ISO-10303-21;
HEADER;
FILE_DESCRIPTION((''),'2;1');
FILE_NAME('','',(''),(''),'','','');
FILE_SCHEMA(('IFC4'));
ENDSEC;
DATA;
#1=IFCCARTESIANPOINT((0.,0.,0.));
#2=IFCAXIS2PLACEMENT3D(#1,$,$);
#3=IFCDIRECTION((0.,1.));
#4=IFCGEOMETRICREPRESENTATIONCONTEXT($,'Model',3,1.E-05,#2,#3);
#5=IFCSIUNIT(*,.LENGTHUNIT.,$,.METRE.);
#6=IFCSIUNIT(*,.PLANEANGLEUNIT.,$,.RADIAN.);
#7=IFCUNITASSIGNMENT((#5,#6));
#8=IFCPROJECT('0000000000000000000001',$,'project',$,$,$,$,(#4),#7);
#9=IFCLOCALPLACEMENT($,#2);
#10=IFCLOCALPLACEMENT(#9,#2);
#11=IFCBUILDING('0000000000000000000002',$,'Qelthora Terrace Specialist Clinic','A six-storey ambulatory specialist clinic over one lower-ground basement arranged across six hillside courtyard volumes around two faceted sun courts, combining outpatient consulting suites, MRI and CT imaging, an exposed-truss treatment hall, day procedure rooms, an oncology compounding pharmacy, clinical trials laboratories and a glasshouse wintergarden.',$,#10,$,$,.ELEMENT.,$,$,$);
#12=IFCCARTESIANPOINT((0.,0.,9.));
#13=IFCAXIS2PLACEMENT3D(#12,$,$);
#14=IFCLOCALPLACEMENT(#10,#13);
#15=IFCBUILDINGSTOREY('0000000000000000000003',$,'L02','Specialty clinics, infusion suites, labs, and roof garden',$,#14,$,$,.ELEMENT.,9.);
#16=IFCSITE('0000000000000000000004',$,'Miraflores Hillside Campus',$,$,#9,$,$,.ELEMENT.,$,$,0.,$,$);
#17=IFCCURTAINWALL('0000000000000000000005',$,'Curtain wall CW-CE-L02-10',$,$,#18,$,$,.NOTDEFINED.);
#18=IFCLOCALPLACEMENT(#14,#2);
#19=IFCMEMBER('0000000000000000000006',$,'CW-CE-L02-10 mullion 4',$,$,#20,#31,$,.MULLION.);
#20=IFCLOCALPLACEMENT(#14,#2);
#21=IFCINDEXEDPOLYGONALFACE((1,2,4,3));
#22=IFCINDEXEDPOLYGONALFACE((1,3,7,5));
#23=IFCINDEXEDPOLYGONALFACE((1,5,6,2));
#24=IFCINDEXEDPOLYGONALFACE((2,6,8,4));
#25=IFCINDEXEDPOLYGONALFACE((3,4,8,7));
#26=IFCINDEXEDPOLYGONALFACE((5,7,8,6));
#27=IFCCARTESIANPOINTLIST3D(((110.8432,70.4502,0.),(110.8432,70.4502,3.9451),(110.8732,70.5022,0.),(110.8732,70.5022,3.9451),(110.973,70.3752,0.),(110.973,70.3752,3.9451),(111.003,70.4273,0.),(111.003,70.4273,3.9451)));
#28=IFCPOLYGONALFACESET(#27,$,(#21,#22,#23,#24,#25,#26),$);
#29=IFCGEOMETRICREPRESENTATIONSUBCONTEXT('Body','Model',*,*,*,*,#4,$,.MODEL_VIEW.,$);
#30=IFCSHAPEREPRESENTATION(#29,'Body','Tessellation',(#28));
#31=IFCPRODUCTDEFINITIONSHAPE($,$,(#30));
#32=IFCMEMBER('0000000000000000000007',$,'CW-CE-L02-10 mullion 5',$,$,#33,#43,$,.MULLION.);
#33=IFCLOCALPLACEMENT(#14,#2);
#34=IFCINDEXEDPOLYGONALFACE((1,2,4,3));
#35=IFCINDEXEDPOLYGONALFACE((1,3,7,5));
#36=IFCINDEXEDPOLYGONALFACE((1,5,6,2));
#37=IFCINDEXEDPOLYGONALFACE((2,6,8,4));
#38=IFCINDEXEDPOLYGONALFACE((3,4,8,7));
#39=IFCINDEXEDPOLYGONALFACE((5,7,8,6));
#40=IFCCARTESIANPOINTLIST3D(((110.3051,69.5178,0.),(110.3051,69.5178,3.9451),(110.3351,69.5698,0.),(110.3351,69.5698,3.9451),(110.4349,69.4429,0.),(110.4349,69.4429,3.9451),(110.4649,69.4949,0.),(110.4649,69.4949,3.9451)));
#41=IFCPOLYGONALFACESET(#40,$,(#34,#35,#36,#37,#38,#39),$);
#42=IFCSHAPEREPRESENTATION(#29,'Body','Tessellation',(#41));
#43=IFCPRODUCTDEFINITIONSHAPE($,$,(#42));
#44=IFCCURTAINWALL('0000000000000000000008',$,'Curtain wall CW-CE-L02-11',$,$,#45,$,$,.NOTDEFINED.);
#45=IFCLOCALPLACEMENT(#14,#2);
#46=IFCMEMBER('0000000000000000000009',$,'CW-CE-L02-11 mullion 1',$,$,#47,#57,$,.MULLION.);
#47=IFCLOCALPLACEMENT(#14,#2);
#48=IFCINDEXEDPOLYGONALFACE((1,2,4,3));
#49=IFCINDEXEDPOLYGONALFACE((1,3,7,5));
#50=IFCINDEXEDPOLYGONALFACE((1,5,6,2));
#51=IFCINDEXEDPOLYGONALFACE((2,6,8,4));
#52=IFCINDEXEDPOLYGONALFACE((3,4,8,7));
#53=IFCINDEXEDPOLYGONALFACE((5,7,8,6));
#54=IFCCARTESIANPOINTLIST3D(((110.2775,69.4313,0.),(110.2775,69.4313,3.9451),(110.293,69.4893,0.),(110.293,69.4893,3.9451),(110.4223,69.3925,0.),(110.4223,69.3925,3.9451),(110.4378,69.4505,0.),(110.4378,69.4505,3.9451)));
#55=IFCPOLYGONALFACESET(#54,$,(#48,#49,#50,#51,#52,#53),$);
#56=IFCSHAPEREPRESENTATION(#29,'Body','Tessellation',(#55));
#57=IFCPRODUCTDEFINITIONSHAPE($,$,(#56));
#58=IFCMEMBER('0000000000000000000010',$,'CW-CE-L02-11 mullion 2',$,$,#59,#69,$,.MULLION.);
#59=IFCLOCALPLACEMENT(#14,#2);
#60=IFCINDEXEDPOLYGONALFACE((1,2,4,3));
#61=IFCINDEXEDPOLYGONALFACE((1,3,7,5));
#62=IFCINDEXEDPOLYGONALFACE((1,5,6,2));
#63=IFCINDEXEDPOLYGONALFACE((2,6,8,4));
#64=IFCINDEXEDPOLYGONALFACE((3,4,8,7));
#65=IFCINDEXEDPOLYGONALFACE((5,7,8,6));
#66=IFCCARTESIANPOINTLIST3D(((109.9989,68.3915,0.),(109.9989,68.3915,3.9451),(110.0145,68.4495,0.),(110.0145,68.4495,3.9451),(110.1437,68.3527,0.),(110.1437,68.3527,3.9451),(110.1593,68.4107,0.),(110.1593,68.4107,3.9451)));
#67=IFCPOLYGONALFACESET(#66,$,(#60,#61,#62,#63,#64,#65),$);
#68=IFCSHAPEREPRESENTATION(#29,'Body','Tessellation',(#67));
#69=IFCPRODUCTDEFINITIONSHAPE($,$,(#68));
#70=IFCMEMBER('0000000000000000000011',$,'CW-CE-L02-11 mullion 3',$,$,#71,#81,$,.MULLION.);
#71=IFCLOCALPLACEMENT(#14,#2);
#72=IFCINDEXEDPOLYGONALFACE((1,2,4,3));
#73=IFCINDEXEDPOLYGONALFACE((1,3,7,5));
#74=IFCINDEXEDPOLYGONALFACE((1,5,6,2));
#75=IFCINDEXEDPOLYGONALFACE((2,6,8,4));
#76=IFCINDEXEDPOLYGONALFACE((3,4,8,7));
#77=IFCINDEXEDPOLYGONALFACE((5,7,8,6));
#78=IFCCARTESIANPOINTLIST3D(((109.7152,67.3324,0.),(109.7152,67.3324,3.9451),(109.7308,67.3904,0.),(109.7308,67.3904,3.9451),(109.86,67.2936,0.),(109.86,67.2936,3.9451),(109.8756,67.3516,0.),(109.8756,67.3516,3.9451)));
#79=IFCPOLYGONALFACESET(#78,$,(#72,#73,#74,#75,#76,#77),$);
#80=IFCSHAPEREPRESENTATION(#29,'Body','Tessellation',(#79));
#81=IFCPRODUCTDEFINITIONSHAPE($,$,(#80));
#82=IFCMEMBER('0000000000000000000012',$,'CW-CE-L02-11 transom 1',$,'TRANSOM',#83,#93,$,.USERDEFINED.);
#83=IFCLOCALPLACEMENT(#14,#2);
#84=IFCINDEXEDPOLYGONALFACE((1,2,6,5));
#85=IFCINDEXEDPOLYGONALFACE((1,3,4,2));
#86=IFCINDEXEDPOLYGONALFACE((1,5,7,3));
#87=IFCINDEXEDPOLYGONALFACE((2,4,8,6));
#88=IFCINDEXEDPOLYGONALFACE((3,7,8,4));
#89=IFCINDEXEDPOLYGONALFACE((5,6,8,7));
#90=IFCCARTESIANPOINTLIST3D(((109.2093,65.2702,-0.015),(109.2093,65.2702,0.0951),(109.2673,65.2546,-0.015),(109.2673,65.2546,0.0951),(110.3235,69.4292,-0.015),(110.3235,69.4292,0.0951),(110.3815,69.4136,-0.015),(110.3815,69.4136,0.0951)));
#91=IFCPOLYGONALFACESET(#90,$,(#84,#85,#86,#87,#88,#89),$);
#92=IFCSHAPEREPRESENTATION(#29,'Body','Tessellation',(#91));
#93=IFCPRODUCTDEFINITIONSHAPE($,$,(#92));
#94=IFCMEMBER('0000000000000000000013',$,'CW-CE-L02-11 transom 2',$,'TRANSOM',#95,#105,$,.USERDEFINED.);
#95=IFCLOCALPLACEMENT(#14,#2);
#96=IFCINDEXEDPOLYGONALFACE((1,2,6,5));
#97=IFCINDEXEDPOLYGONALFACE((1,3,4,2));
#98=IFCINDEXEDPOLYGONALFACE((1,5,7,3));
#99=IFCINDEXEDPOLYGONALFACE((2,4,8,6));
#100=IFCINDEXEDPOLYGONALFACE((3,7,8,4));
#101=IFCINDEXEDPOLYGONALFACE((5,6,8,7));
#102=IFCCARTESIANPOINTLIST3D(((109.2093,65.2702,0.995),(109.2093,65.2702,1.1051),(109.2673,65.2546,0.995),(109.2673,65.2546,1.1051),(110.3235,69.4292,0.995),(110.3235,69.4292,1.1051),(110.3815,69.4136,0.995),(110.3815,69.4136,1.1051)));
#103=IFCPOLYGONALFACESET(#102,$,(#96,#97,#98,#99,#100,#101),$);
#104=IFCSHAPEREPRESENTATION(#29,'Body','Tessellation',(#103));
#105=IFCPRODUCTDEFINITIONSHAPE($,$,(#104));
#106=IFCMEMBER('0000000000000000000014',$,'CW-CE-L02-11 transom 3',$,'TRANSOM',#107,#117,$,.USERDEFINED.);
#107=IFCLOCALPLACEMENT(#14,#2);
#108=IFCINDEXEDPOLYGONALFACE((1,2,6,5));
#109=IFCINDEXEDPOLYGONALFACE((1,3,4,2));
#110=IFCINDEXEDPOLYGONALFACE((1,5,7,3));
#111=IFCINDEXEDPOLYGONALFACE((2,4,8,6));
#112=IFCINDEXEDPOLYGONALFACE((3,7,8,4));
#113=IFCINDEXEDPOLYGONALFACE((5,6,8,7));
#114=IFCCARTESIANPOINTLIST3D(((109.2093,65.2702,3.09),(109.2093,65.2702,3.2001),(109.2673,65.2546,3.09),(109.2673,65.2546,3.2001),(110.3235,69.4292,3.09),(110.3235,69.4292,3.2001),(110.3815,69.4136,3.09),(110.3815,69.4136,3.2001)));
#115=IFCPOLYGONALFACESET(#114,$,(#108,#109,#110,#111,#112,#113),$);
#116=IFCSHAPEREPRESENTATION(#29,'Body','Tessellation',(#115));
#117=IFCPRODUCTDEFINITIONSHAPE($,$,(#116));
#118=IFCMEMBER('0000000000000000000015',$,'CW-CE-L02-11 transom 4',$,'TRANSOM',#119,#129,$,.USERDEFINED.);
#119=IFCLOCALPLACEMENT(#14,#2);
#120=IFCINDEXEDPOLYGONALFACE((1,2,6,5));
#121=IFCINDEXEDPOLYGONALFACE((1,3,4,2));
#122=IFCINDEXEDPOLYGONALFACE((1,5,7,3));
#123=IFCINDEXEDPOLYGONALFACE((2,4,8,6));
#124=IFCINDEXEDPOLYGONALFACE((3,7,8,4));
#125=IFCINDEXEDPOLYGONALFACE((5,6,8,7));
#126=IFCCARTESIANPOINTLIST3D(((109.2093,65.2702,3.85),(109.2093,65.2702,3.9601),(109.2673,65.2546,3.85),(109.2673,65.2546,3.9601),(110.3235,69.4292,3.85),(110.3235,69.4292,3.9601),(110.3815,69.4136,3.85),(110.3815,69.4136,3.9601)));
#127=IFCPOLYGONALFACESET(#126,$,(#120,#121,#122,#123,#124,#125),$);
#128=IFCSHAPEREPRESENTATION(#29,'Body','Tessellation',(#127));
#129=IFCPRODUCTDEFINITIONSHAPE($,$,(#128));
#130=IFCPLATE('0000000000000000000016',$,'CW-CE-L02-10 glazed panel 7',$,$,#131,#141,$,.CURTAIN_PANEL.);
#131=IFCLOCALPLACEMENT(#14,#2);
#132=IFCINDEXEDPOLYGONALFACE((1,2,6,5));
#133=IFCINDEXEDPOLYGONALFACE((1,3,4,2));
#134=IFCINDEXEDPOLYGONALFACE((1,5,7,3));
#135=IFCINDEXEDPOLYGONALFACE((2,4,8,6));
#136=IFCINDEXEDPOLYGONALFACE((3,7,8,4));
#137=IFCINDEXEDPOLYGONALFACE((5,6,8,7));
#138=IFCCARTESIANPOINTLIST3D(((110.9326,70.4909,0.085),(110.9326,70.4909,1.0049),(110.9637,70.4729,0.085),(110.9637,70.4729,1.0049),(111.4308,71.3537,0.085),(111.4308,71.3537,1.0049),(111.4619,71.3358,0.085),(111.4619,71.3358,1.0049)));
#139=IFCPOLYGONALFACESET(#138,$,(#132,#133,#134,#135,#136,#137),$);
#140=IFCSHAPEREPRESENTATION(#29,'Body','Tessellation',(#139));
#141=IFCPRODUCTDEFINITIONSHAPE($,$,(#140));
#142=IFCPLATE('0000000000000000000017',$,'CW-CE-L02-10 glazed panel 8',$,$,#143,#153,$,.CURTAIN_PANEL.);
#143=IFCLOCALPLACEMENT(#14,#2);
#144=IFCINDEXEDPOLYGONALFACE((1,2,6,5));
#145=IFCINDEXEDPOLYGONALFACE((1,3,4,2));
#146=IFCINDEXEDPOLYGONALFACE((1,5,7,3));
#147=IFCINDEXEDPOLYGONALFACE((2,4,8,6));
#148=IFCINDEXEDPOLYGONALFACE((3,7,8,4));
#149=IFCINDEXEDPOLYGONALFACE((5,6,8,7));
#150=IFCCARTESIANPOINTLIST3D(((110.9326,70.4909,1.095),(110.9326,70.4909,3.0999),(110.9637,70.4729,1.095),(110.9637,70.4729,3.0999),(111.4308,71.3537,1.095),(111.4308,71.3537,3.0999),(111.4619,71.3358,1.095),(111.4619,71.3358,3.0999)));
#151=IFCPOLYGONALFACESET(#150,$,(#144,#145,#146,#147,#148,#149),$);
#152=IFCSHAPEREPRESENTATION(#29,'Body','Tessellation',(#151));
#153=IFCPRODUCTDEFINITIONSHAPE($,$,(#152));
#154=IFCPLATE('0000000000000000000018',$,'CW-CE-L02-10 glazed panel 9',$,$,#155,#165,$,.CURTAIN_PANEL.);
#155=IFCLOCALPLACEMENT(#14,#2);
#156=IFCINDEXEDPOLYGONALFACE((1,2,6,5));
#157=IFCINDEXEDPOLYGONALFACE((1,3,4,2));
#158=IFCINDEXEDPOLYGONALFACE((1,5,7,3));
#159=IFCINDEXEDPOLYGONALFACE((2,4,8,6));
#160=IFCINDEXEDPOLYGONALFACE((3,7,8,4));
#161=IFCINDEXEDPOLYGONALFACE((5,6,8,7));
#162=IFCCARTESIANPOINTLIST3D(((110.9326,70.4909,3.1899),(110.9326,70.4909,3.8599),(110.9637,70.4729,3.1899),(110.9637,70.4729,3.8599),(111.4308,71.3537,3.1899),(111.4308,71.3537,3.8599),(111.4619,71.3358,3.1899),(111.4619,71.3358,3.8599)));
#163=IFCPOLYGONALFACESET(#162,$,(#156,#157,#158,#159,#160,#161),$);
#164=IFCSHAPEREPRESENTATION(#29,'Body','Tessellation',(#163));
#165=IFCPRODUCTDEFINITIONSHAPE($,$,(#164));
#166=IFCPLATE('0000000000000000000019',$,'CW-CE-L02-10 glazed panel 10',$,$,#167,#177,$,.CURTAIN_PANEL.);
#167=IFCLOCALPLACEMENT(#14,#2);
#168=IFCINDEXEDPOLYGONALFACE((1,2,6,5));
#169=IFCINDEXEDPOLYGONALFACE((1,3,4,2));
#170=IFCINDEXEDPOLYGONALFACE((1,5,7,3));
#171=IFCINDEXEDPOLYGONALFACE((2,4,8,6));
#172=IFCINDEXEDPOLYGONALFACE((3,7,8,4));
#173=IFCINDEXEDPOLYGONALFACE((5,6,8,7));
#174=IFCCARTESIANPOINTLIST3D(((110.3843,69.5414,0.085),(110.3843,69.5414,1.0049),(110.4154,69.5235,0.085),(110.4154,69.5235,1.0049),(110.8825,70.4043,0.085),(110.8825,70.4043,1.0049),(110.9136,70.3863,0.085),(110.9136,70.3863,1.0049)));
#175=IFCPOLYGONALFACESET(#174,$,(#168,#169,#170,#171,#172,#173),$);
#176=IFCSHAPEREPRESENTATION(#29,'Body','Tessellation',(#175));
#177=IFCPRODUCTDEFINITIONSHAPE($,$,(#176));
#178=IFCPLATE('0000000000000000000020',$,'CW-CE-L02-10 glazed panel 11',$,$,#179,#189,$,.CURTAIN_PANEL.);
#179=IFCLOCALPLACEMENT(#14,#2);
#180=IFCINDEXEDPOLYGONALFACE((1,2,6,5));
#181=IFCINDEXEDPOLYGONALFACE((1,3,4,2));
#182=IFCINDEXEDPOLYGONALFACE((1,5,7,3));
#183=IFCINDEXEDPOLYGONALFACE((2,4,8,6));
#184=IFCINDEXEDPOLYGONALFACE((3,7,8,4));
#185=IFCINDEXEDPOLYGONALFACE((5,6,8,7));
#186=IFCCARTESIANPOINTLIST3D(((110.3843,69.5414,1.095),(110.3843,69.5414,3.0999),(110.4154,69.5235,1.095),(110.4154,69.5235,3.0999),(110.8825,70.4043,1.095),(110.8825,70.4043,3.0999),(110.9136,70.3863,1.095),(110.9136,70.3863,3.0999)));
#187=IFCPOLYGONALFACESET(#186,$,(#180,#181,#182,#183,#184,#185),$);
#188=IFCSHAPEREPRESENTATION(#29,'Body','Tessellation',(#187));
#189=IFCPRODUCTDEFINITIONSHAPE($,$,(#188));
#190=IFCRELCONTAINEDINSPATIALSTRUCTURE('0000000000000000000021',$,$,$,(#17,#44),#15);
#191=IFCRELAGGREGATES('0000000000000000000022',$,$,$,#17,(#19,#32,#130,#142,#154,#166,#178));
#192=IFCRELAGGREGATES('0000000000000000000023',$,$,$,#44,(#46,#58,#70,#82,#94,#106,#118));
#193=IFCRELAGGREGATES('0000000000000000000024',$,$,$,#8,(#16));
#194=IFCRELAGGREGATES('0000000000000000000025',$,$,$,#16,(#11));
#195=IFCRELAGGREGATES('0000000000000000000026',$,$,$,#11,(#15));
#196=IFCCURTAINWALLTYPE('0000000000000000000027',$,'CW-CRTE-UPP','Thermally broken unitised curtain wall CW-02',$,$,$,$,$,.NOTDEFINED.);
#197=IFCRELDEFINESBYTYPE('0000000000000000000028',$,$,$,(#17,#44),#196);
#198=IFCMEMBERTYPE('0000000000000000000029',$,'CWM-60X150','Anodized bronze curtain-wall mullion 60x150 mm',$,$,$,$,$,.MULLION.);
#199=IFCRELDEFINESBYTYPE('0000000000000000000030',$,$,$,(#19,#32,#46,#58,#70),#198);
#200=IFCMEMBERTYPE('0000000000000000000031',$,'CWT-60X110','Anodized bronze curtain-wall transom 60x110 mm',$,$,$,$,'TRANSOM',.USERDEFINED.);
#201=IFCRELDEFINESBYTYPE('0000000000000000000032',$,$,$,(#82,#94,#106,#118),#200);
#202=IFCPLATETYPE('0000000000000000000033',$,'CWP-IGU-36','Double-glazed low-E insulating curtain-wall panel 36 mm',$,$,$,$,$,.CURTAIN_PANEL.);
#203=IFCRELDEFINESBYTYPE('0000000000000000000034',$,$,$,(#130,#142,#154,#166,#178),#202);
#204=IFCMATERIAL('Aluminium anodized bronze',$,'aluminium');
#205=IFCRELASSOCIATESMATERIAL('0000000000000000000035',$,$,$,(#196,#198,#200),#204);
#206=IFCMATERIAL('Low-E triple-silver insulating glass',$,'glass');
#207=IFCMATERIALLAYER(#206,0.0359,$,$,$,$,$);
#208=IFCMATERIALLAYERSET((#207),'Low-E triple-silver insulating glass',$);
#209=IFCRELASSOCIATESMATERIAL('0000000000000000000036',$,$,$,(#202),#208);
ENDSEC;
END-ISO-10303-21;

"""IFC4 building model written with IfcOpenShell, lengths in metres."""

from ifc_helpers import new_model, si_unit, direction, frame, origin, origin_2d, place, context, subcontext, project, spatial, rectangle, extrude, material, layer, layer_set, material_profile, profile_set, type_object, element, aggregate, save


model = new_model("IFC4")

# Units and contexts
model_context = context("Model", 3, precision=1e-05, world=origin(), true_north=direction((0.0, 1.0)))
body_context = subcontext(model_context, "Body", "Model", "MODEL_VIEW")
ifc_project = project(units=[si_unit("LENGTHUNIT", "METRE"), si_unit("PLANEANGLEUNIT", "RADIAN")], contexts=[model_context])

# Site, building, storey
site_placement = place(None, origin())
site = spatial("IfcSite", under=ifc_project, at=site_placement, Name="Miraflores Hillside Campus", CompositionType="ELEMENT", RefElevation=0.0)
building_placement = place(site_placement, origin())
building = spatial("IfcBuilding", under=site, at=building_placement, Name="Qelthora Terrace Specialist Clinic", Description="A six-storey ambulatory specialist clinic over one lower-ground basement arranged across six hillside courtyard volumes around two faceted sun courts, combining outpatient consulting suites, MRI and CT imaging, an exposed-truss treatment hall, day procedure rooms, an oncology compounding pharmacy, clinical trials laboratories and a glasshouse wintergarden.", CompositionType="ELEMENT")
storey_placement = place(building_placement, frame((0.0, 0.0, 9.0)))
storey = spatial("IfcBuildingStorey", under=building, at=storey_placement, Name="L02", Description="Specialty clinics, infusion suites, labs, and roof garden", CompositionType="ELEMENT", Elevation=9.0)

# Curtain walls, members
ifc_material_1 = material(Name="Aluminium anodized bronze", Category="aluminium")
curtain_wall_type = type_object("IfcCurtainWallType", Name="CW-CRTE-UPP", Description="Thermally broken unitised curtain wall CW-02", PredefinedType="NOTDEFINED", material=ifc_material_1)
curtain_wall_1_placement = place(storey_placement, origin())
curtain_wall_1 = element("IfcCurtainWall", 1, at=curtain_wall_1_placement, inside=storey, type_object=curtain_wall_type, Name="Curtain wall CW-CE-L02-10", PredefinedType="NOTDEFINED")
ifc_material_profile_1 = material_profile(ifc_material_1, rectangle(XDim=0.0601, YDim=0.1499, at=origin_2d()), Name="CWM60X150")
ifc_profile_set_1 = profile_set([ifc_material_profile_1], Name="Aluminium anodized bronze")
member_type_1 = type_object("IfcMemberType", Name="CWM-60X150", Description="Anodized bronze curtain-wall mullion 60x150 mm", PredefinedType="MULLION", material=ifc_profile_set_1)
member_1_placement = place(storey_placement, frame((110.9231, 70.4387, 0.0), z_axis=(0.0, 0.0, 1.0), x_axis=(-0.5, -0.866025, 0.0)))
member_1 = element("IfcMember", 2, at=member_1_placement, type_object=member_type_1, Name="CW-CE-L02-10 mullion 4", PredefinedType="MULLION", context=body_context, shape_type="SweptSolid", body=[
    extrude(rectangle(XDim=0.0601, YDim=0.1499, at=origin_2d()), origin(), (0.0, 0.0, 1.0), 3.9451),
])
member_2_placement = place(storey_placement, frame((110.385, 69.5063, 0.0), z_axis=(0.0, 0.0, 1.0), x_axis=(-0.5, -0.866025, 0.0)))
member_2 = element("IfcMember", 3, at=member_2_placement, type_object=member_type_1, Name="CW-CE-L02-10 mullion 5", PredefinedType="MULLION", context=body_context, shape_type="SweptSolid", body=[
    extrude(rectangle(XDim=0.0601, YDim=0.1499, at=origin_2d()), origin(), (0.0, 0.0, 1.0), 3.9451),
])
curtain_wall_2_placement = place(storey_placement, origin())
curtain_wall_2 = element("IfcCurtainWall", 4, at=curtain_wall_2_placement, inside=storey, type_object=curtain_wall_type, Name="Curtain wall CW-CE-L02-11", PredefinedType="NOTDEFINED")
member_3_placement = place(storey_placement, frame((110.3577, 69.4409, 0.0), z_axis=(0.0, 0.0, 1.0), x_axis=(-0.25882, -0.965926, 0.0)))
member_3 = element("IfcMember", 5, at=member_3_placement, type_object=member_type_1, Name="CW-CE-L02-11 mullion 1", PredefinedType="MULLION", context=body_context, shape_type="SweptSolid", body=[
    extrude(rectangle(XDim=0.0601, YDim=0.1499, at=origin_2d()), origin(), (0.0, 0.0, 1.0), 3.9451),
])
member_4_placement = place(storey_placement, frame((110.0791, 68.4011, 0.0), z_axis=(0.0, 0.0, 1.0), x_axis=(-0.25882, -0.965926, 0.0)))
member_4 = element("IfcMember", 6, at=member_4_placement, type_object=member_type_1, Name="CW-CE-L02-11 mullion 2", PredefinedType="MULLION", context=body_context, shape_type="SweptSolid", body=[
    extrude(rectangle(XDim=0.0601, YDim=0.1499, at=origin_2d()), origin(), (0.0, 0.0, 1.0), 3.9451),
])
member_5_placement = place(storey_placement, frame((109.7954, 67.342, 0.0), z_axis=(0.0, 0.0, 1.0), x_axis=(-0.25882, -0.965926, 0.0)))
member_5 = element("IfcMember", 7, at=member_5_placement, type_object=member_type_1, Name="CW-CE-L02-11 mullion 3", PredefinedType="MULLION", context=body_context, shape_type="SweptSolid", body=[
    extrude(rectangle(XDim=0.0601, YDim=0.1499, at=origin_2d()), origin(), (0.0, 0.0, 1.0), 3.9451),
])
ifc_material_profile_2 = material_profile(ifc_material_1, rectangle(XDim=0.0601, YDim=0.1101, at=origin_2d()), Name="CWT60X110")
ifc_profile_set_2 = profile_set([ifc_material_profile_2], Name="Aluminium anodized bronze")
member_type_2 = type_object("IfcMemberType", Name="CWT-60X110", Description="Anodized bronze curtain-wall transom 60x110 mm", ElementType="TRANSOM", PredefinedType="USERDEFINED", material=ifc_profile_set_2)
member_6_placement = place(storey_placement, frame((110.3525, 69.4214, 0.04), z_axis=(-0.258792, -0.965933, 0.0), x_axis=(0.965933, -0.258792, 0.0)))
member_6 = element("IfcMember", 8, at=member_6_placement, type_object=member_type_2, Name="CW-CE-L02-11 transom 1", ObjectType="TRANSOM", PredefinedType="USERDEFINED", context=body_context, shape_type="SweptSolid", body=[
    extrude(rectangle(XDim=0.0601, YDim=0.1101, at=origin_2d()), origin(), (0.0, 0.0, 1.0), 4.3057),
])
member_7_placement = place(storey_placement, frame((110.3525, 69.4214, 1.05), z_axis=(-0.258792, -0.965933, 0.0), x_axis=(0.965933, -0.258792, 0.0)))
member_7 = element("IfcMember", 9, at=member_7_placement, type_object=member_type_2, Name="CW-CE-L02-11 transom 2", ObjectType="TRANSOM", PredefinedType="USERDEFINED", context=body_context, shape_type="SweptSolid", body=[
    extrude(rectangle(XDim=0.0601, YDim=0.1101, at=origin_2d()), origin(), (0.0, 0.0, 1.0), 4.3057),
])
member_8_placement = place(storey_placement, frame((110.3525, 69.4214, 3.145), z_axis=(-0.258792, -0.965933, 0.0), x_axis=(0.965933, -0.258792, 0.0)))
member_8 = element("IfcMember", 10, at=member_8_placement, type_object=member_type_2, Name="CW-CE-L02-11 transom 3", ObjectType="TRANSOM", PredefinedType="USERDEFINED", context=body_context, shape_type="SweptSolid", body=[
    extrude(rectangle(XDim=0.0601, YDim=0.1101, at=origin_2d()), origin(), (0.0, 0.0, 1.0), 4.3057),
])
member_9_placement = place(storey_placement, frame((110.3525, 69.4214, 3.905), z_axis=(-0.258792, -0.965933, 0.0), x_axis=(0.965933, -0.258792, 0.0)))
member_9 = element("IfcMember", 11, at=member_9_placement, type_object=member_type_2, Name="CW-CE-L02-11 transom 4", ObjectType="TRANSOM", PredefinedType="USERDEFINED", context=body_context, shape_type="SweptSolid", body=[
    extrude(rectangle(XDim=0.0601, YDim=0.1101, at=origin_2d()), origin(), (0.0, 0.0, 1.0), 4.3057),
])

# Plates
ifc_material_2 = material(Name="Low-E triple-silver insulating glass", Category="glass")
ifc_layer = layer(ifc_material_2, 0.0359)
ifc_layer_set = layer_set([ifc_layer], Name="Low-E triple-silver insulating glass")
plate_type = type_object("IfcPlateType", Name="CWP-IGU-36", Description="Double-glazed low-E insulating curtain-wall panel 36 mm", PredefinedType="CURTAIN_PANEL", material=ifc_layer_set)
plate_1_placement = place(storey_placement, frame((111.1973, 70.9133, 0.085), z_axis=(0.0, 0.0, 1.0), x_axis=(-0.5, -0.866025, 0.0)))
plate_1 = element("IfcPlate", 12, at=plate_1_placement, type_object=plate_type, Name="CW-CE-L02-10 glazed panel 7", PredefinedType="CURTAIN_PANEL", context=body_context, shape_type="SweptSolid", body=[
    extrude(rectangle(XDim=0.9963, YDim=0.0359, at=origin_2d()), origin(), (0.0, 0.0, 1.0), 0.9199),
])
plate_2_placement = place(storey_placement, frame((111.1973, 70.9133, 1.095), z_axis=(0.0, 0.0, 1.0), x_axis=(-0.5, -0.866025, 0.0)))
plate_2 = element("IfcPlate", 13, at=plate_2_placement, type_object=plate_type, Name="CW-CE-L02-10 glazed panel 8", PredefinedType="CURTAIN_PANEL", context=body_context, shape_type="SweptSolid", body=[
    extrude(rectangle(XDim=0.9963, YDim=0.0359, at=origin_2d()), origin(), (0.0, 0.0, 1.0), 2.0049),
])
plate_3_placement = place(storey_placement, frame((111.1973, 70.9133, 3.1899), z_axis=(0.0, 0.0, 1.0), x_axis=(-0.5, -0.866025, 0.0)))
plate_3 = element("IfcPlate", 14, at=plate_3_placement, type_object=plate_type, Name="CW-CE-L02-10 glazed panel 9", PredefinedType="CURTAIN_PANEL", context=body_context, shape_type="SweptSolid", body=[
    extrude(rectangle(XDim=0.9963, YDim=0.0359, at=origin_2d()), origin(), (0.0, 0.0, 1.0), 0.6699),
])
plate_4_placement = place(storey_placement, frame((110.6489, 69.9639, 0.085), z_axis=(0.0, 0.0, 1.0), x_axis=(-0.5, -0.866025, 0.0)))
plate_4 = element("IfcPlate", 15, at=plate_4_placement, type_object=plate_type, Name="CW-CE-L02-10 glazed panel 10", PredefinedType="CURTAIN_PANEL", context=body_context, shape_type="SweptSolid", body=[
    extrude(rectangle(XDim=0.9963, YDim=0.0359, at=origin_2d()), origin(), (0.0, 0.0, 1.0), 0.9199),
])
plate_5_placement = place(storey_placement, frame((110.6489, 69.9639, 1.095), z_axis=(0.0, 0.0, 1.0), x_axis=(-0.5, -0.866025, 0.0)))
plate_5 = element("IfcPlate", 16, at=plate_5_placement, type_object=plate_type, Name="CW-CE-L02-10 glazed panel 11", PredefinedType="CURTAIN_PANEL", context=body_context, shape_type="SweptSolid", body=[
    extrude(rectangle(XDim=0.9963, YDim=0.0359, at=origin_2d()), origin(), (0.0, 0.0, 1.0), 2.0049),
])
aggregate(curtain_wall_1, [member_1, member_2, plate_1, plate_2, plate_3, plate_4, plate_5])
aggregate(curtain_wall_2, [member_3, member_4, member_5, member_6, member_7, member_8, member_9])

save(model, "model.ifc")
